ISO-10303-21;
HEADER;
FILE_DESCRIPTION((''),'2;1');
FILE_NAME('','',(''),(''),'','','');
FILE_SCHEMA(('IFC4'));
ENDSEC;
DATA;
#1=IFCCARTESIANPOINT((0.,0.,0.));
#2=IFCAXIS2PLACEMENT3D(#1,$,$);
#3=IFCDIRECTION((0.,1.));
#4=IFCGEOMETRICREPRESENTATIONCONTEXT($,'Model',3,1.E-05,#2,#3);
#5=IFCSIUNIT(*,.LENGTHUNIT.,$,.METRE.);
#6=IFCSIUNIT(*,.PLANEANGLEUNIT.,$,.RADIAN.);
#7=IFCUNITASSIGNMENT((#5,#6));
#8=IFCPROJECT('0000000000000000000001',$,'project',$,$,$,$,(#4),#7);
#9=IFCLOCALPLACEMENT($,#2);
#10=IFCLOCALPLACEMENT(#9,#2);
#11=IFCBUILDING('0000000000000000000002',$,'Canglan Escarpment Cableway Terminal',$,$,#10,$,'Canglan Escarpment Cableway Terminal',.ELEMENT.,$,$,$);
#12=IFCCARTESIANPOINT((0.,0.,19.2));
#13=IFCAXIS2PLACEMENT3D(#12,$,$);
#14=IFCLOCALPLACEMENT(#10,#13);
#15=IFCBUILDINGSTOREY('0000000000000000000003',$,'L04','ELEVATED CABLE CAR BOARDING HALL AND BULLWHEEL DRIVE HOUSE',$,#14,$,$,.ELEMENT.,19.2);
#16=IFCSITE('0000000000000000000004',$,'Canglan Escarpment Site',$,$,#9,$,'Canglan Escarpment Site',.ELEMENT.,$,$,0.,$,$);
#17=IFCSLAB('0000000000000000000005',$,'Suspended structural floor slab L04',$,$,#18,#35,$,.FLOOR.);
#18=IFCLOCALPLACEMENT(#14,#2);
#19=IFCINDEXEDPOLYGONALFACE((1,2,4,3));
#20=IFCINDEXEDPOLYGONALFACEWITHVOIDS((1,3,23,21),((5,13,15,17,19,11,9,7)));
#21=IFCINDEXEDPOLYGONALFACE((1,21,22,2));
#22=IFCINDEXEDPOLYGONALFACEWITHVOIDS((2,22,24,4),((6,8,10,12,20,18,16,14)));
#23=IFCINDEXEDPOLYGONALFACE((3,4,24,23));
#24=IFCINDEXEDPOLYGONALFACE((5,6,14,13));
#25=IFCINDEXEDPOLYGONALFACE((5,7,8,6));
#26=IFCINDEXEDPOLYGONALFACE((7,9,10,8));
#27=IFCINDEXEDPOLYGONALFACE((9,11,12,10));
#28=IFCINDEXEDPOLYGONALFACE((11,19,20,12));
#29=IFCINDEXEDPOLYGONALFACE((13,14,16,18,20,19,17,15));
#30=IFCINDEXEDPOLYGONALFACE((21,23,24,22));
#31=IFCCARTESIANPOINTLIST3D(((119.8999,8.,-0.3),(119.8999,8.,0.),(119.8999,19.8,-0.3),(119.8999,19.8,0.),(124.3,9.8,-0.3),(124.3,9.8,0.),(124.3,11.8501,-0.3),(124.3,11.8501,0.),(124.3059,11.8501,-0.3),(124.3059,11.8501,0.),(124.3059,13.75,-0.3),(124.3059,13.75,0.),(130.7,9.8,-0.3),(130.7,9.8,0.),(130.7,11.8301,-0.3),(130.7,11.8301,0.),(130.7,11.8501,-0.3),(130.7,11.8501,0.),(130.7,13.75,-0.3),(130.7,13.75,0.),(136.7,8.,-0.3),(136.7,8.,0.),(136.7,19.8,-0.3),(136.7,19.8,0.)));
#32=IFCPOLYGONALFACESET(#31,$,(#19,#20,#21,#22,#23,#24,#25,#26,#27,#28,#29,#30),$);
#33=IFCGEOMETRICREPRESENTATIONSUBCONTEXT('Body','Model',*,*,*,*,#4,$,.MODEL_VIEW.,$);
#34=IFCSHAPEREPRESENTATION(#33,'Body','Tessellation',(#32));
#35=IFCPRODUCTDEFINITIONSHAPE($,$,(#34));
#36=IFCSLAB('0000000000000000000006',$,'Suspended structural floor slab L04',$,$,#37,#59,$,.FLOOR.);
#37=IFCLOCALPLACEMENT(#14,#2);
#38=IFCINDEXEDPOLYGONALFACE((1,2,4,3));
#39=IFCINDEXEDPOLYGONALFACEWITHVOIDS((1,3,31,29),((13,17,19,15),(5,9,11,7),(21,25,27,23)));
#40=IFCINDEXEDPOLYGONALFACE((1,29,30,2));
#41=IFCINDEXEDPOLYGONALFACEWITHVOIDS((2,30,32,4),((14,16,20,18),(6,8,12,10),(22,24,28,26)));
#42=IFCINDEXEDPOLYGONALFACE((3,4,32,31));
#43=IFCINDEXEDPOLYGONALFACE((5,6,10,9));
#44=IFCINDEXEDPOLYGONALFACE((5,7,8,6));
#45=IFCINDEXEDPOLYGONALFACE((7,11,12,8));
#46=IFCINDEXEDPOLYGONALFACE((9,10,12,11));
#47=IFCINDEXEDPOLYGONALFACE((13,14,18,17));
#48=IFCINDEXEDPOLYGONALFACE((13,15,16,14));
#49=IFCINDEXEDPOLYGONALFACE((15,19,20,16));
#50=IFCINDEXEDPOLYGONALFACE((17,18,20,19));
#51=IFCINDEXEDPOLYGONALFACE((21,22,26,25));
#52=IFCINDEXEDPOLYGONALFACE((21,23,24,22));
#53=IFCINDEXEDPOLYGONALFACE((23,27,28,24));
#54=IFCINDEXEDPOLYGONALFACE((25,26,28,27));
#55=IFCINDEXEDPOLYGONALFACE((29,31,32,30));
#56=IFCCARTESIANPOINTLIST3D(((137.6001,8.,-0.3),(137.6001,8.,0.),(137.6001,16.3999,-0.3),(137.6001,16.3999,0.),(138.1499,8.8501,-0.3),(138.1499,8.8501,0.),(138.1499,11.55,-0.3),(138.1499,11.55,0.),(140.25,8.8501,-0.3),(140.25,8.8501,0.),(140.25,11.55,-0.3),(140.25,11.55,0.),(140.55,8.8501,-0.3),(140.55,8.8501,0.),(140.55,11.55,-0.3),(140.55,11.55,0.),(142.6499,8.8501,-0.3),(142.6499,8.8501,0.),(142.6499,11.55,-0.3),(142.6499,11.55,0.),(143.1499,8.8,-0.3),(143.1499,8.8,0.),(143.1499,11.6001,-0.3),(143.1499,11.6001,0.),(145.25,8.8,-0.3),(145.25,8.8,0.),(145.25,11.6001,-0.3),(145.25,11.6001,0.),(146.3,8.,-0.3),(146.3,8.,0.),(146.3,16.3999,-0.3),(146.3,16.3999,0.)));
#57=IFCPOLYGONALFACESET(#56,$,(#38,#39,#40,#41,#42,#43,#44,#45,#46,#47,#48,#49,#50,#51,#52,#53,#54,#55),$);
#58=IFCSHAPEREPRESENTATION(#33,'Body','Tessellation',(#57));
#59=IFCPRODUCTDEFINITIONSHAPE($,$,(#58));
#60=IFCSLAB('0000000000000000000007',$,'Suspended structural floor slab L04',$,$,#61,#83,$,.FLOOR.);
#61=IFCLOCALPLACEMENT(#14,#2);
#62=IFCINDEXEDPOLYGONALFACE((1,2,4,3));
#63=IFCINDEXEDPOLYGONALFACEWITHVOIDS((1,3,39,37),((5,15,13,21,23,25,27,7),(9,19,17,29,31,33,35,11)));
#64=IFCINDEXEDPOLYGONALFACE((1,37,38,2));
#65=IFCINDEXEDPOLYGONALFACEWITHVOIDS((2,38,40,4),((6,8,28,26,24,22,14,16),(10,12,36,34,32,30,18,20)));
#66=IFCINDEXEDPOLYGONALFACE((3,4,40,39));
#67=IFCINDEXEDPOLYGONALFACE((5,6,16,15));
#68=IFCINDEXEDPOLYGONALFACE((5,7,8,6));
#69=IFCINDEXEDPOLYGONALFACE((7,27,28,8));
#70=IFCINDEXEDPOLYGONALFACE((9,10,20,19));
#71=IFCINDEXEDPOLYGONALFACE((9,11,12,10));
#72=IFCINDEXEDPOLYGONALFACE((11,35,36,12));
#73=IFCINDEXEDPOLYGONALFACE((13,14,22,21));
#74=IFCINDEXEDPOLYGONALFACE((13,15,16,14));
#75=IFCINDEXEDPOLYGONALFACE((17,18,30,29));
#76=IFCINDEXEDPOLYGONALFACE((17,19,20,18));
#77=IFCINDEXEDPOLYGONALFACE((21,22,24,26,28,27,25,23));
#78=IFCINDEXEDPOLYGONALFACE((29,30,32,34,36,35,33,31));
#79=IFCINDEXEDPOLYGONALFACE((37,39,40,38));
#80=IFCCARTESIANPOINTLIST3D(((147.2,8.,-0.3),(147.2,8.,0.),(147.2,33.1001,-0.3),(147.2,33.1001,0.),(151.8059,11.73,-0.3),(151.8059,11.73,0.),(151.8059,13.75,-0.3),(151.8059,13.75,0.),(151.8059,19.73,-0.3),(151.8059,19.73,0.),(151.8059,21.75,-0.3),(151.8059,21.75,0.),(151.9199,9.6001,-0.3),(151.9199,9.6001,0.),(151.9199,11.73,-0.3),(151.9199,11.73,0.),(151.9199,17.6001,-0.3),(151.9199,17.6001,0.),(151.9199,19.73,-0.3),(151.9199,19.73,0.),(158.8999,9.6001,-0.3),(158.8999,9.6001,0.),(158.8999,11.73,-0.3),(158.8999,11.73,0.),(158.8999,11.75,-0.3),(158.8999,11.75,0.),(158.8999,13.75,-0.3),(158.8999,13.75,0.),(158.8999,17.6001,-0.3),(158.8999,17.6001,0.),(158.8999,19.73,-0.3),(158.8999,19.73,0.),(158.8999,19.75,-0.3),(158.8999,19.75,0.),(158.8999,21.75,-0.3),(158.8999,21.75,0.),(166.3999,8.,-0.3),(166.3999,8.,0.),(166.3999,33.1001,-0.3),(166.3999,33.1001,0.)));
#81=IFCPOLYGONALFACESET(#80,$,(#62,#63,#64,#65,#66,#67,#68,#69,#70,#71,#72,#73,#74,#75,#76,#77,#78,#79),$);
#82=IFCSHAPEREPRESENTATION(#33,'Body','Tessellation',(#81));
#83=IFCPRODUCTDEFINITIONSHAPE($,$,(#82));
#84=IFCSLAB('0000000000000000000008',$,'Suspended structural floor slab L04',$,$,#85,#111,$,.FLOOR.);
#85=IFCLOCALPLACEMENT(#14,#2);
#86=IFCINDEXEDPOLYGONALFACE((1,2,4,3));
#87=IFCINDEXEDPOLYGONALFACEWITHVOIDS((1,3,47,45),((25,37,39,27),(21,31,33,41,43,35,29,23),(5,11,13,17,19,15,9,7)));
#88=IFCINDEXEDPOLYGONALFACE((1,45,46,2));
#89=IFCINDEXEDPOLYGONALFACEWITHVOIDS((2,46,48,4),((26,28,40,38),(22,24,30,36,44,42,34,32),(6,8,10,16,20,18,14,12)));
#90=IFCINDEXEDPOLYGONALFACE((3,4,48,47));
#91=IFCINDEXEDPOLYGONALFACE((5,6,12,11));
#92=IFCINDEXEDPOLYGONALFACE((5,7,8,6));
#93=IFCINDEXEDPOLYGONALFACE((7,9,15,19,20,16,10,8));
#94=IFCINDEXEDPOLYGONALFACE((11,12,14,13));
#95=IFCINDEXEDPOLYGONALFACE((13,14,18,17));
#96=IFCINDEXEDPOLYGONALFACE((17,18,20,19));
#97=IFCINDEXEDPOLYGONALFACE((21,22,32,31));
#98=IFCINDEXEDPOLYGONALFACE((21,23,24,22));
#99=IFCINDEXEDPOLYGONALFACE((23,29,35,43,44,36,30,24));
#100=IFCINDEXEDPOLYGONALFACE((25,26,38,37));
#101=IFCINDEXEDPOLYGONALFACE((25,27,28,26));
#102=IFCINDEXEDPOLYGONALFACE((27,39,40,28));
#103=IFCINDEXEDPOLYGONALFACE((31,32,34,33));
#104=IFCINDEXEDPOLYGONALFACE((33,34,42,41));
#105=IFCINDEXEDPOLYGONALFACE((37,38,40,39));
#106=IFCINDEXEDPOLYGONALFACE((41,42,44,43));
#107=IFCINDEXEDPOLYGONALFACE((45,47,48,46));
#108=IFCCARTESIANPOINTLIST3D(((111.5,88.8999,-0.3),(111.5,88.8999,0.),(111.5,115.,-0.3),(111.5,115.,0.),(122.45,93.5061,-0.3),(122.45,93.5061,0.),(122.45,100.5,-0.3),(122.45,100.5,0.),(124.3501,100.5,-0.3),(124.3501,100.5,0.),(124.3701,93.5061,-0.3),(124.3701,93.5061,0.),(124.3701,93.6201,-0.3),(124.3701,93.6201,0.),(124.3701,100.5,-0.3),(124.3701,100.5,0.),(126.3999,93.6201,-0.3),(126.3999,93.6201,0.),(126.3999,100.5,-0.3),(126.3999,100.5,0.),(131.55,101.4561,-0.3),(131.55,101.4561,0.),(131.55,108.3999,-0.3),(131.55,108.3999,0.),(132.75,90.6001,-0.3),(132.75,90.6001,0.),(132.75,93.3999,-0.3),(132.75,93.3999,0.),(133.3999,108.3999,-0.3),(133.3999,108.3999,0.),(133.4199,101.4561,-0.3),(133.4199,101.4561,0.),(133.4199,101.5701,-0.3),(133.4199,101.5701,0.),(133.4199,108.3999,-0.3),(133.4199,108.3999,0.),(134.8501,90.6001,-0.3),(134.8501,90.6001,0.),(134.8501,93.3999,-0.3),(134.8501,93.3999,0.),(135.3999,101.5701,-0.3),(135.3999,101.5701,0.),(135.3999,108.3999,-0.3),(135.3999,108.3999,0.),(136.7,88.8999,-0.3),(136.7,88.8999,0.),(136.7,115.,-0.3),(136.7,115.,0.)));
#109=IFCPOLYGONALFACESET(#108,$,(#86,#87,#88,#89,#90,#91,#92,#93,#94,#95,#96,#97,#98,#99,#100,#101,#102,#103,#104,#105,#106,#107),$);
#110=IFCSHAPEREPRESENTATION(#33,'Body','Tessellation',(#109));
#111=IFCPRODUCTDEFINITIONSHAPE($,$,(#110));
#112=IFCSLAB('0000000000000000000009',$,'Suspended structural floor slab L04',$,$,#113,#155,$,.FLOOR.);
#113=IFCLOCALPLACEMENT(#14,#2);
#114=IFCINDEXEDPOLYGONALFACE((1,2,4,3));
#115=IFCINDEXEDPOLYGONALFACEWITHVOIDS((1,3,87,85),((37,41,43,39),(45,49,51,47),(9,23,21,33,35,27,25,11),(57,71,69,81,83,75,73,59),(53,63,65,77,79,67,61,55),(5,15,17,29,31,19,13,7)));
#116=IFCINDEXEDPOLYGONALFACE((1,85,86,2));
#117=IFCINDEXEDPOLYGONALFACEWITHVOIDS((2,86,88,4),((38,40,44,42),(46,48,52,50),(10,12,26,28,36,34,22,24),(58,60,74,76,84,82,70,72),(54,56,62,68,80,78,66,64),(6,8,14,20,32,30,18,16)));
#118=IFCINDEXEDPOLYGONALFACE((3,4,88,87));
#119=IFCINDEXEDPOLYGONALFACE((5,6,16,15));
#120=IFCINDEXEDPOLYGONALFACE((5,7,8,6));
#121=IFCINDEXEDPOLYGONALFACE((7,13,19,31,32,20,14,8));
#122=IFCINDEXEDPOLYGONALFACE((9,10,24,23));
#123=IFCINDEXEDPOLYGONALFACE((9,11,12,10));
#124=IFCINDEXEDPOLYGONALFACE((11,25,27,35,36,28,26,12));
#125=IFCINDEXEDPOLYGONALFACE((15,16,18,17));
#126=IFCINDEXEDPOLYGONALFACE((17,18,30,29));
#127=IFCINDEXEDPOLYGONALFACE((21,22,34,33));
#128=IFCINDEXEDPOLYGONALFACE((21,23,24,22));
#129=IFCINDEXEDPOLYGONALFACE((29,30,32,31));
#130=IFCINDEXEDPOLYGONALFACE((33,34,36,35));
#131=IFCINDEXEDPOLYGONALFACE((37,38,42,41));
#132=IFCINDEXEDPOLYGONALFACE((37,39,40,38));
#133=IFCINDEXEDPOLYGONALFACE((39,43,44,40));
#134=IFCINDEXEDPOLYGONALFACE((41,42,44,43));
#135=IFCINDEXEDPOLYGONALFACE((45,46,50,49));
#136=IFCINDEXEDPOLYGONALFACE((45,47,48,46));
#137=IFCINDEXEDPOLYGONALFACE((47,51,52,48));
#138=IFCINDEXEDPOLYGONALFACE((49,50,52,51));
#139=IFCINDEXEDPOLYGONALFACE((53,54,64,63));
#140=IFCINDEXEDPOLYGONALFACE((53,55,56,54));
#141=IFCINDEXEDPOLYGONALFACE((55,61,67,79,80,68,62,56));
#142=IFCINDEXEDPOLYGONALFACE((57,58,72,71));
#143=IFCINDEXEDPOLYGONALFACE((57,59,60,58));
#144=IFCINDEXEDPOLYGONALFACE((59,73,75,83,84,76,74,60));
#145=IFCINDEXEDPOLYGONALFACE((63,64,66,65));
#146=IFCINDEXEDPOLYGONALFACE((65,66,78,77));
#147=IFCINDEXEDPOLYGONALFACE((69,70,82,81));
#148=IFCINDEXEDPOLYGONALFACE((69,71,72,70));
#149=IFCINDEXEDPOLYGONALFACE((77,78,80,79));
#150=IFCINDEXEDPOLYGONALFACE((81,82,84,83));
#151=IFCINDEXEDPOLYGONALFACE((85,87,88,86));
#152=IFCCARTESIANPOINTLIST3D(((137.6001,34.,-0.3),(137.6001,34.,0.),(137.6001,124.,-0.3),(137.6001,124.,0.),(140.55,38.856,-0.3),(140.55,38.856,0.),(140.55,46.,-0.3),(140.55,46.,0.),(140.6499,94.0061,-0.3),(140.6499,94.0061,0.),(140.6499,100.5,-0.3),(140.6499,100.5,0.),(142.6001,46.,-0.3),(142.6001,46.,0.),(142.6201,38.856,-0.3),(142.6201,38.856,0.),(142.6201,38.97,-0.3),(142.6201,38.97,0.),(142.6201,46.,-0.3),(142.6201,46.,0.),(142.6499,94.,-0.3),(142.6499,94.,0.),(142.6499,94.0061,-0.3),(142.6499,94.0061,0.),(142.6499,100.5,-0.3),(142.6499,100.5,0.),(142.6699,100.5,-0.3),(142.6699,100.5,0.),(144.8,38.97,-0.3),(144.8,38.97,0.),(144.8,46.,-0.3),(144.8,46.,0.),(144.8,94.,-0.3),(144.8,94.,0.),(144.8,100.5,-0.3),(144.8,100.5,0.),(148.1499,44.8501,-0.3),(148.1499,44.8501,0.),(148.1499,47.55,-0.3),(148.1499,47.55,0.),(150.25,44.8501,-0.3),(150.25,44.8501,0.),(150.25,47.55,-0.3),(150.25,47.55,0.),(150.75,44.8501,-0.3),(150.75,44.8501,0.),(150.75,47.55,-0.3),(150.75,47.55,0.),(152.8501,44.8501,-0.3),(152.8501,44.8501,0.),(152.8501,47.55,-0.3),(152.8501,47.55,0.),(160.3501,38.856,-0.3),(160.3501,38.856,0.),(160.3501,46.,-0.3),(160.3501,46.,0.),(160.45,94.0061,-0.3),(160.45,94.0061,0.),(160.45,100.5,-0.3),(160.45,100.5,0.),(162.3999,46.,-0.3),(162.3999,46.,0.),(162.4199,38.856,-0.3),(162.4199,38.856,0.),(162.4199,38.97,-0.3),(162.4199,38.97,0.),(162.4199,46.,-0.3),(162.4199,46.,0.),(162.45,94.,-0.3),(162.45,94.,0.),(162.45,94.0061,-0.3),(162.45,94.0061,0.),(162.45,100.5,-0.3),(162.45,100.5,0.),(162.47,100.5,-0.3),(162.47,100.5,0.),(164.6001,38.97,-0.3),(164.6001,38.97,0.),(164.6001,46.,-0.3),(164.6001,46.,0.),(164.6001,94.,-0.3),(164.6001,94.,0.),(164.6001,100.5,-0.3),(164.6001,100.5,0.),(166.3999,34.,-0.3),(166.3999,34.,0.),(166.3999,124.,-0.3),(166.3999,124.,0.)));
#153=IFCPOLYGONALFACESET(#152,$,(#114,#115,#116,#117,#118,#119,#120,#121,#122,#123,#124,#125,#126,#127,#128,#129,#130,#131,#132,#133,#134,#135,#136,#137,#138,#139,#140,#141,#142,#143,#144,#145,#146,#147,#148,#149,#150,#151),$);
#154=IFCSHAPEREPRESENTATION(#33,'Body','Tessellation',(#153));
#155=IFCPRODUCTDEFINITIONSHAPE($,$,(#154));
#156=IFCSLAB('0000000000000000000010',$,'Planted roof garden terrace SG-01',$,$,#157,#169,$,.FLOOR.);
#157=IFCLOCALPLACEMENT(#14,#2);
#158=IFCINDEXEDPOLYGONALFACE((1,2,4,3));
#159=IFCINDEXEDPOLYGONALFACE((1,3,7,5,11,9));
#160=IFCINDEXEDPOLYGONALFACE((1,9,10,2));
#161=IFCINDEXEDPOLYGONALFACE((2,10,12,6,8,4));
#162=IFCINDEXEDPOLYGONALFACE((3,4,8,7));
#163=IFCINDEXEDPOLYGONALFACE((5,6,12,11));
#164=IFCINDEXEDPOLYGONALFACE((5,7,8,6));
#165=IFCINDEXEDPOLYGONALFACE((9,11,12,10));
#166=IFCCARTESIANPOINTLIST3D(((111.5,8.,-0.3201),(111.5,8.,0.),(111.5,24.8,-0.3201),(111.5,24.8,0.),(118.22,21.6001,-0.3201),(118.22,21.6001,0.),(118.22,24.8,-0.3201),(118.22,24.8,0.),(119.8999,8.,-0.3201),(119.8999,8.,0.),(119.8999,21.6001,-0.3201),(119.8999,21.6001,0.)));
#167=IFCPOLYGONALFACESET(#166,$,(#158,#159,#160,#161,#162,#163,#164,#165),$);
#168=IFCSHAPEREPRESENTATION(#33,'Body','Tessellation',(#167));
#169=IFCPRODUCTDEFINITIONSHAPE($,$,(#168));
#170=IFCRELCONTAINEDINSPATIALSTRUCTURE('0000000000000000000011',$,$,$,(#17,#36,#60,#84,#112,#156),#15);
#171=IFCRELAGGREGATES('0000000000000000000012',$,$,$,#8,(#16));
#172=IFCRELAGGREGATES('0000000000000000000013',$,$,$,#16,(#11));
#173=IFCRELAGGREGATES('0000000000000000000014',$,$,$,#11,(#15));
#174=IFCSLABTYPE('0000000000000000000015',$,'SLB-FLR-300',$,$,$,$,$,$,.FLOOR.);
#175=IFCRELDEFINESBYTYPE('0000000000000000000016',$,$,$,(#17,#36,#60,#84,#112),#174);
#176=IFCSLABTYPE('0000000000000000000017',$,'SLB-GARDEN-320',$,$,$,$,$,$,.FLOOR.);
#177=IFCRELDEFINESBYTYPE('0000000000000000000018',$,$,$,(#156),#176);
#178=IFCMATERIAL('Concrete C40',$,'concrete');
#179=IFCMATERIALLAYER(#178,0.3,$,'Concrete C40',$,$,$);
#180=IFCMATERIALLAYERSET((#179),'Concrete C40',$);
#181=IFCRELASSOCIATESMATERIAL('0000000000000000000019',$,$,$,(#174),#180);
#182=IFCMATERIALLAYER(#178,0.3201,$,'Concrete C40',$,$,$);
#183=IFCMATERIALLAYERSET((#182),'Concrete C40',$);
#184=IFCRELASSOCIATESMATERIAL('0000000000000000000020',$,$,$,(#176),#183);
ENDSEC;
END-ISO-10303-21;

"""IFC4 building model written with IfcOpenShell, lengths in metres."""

from ifc_helpers import new_model, si_unit, direction, frame, origin, place, context, subcontext, project, spatial, polyline, outline, extrude, material, layer, layer_set, type_object, element, save


model = new_model("IFC4")

# Units and contexts
model_context = context("Model", 3, precision=1e-05, world=origin(), true_north=direction((0.0, 1.0)))
body_context = subcontext(model_context, "Body", "Model", "MODEL_VIEW")
ifc_project = project(units=[si_unit("LENGTHUNIT", "METRE"), si_unit("PLANEANGLEUNIT", "RADIAN")], contexts=[model_context])

# Site, building, storey
site_placement = place(None, origin())
site = spatial("IfcSite", under=ifc_project, at=site_placement, Name="Canglan Escarpment Site", LongName="Canglan Escarpment Site", CompositionType="ELEMENT", RefElevation=0.0)
building_placement = place(site_placement, origin())
building = spatial("IfcBuilding", under=site, at=building_placement, Name="Canglan Escarpment Cableway Terminal", LongName="Canglan Escarpment Cableway Terminal", CompositionType="ELEMENT")
storey_placement = place(building_placement, frame((0.0, 0.0, 19.2)))
storey = spatial("IfcBuildingStorey", under=building, at=storey_placement, Name="L04", Description="ELEVATED CABLE CAR BOARDING HALL AND BULLWHEEL DRIVE HOUSE", CompositionType="ELEMENT", Elevation=19.2)

# Slabs
ifc_material_1 = material(Name="Concrete C40", Category="concrete")
ifc_layer_1 = layer(ifc_material_1, 0.3, Name="Concrete C40")
ifc_layer_set_1 = layer_set([ifc_layer_1], Name="Concrete C40")
slab_type_1 = type_object("IfcSlabType", Name="SLB-FLR-300", PredefinedType="FLOOR", material=ifc_layer_set_1)
slab_1_placement = place(storey_placement, frame((0.0, 0.0, -0.3)))
element("IfcSlab", 1, at=slab_1_placement, inside=storey, type_object=slab_type_1, Name="Suspended structural floor slab L04", PredefinedType="FLOOR", context=body_context, shape_type="SweptSolid", body=[
    extrude(outline(polyline([(119.8999, 8.0), (136.7, 8.0), (136.7, 19.8), (119.8999, 19.8), (119.8999, 8.0)]), holes=[polyline([(130.7, 9.8), (124.3, 9.8), (124.3, 11.8501), (124.3059, 11.8501), (124.3059, 13.75), (130.7, 13.75), (130.7, 11.8501), (130.7, 11.8301), (130.7, 9.8)])]), origin(), (0.0, 0.0, 1.0), 0.3),
])
slab_2_placement = place(storey_placement, frame((0.0, 0.0, -0.3)))
element("IfcSlab", 2, at=slab_2_placement, inside=storey, type_object=slab_type_1, Name="Suspended structural floor slab L04", PredefinedType="FLOOR", context=body_context, shape_type="SweptSolid", body=[
    extrude(outline(polyline([(137.6001, 8.0), (146.3, 8.0), (146.3, 16.3999), (137.6001, 16.3999), (137.6001, 8.0)]), holes=[polyline([(138.1499, 8.8501), (138.1499, 11.55), (140.25, 11.55), (140.25, 8.8501), (138.1499, 8.8501)]), polyline([(140.55, 11.55), (142.6499, 11.55), (142.6499, 8.8501), (140.55, 8.8501), (140.55, 11.55)]), polyline([(143.1499, 11.6001), (145.25, 11.6001), (145.25, 8.8), (143.1499, 8.8), (143.1499, 11.6001)])]), origin(), (0.0, 0.0, 1.0), 0.3),
])
slab_3_placement = place(storey_placement, frame((0.0, 0.0, -0.3)))
element("IfcSlab", 3, at=slab_3_placement, inside=storey, type_object=slab_type_1, Name="Suspended structural floor slab L04", PredefinedType="FLOOR", context=body_context, shape_type="SweptSolid", body=[
    extrude(outline(polyline([(147.2, 8.0), (166.3999, 8.0), (166.3999, 33.1001), (147.2, 33.1001), (147.2, 8.0)]), holes=[polyline([(151.9199, 9.6001), (151.9199, 11.73), (151.8059, 11.73), (151.8059, 13.75), (158.8999, 13.75), (158.8999, 11.75), (158.8999, 11.73), (158.8999, 9.6001), (151.9199, 9.6001)]), polyline([(151.9199, 17.6001), (151.9199, 19.73), (151.8059, 19.73), (151.8059, 21.75), (158.8999, 21.75), (158.8999, 19.75), (158.8999, 19.73), (158.8999, 17.6001), (151.9199, 17.6001)])]), origin(), (0.0, 0.0, 1.0), 0.3),
])
slab_4_placement = place(storey_placement, frame((0.0, 0.0, -0.3)))
element("IfcSlab", 4, at=slab_4_placement, inside=storey, type_object=slab_type_1, Name="Suspended structural floor slab L04", PredefinedType="FLOOR", context=body_context, shape_type="SweptSolid", body=[
    extrude(outline(polyline([(111.5, 88.8999), (136.7, 88.8999), (136.7, 115.0), (111.5, 115.0), (111.5, 88.8999)]), holes=[polyline([(132.75, 90.6001), (132.75, 93.3999), (134.8501, 93.3999), (134.8501, 90.6001), (132.75, 90.6001)]), polyline([(122.45, 100.5), (124.3501, 100.5), (124.3701, 100.5), (126.3999, 100.5), (126.3999, 93.6201), (124.3701, 93.6201), (124.3701, 93.5061), (122.45, 93.5061), (122.45, 100.5)]), polyline([(131.55, 108.3999), (133.3999, 108.3999), (133.4199, 108.3999), (135.3999, 108.3999), (135.3999, 101.5701), (133.4199, 101.5701), (133.4199, 101.4561), (131.55, 101.4561), (131.55, 108.3999)])]), origin(), (0.0, 0.0, 1.0), 0.3),
])
slab_5_placement = place(storey_placement, frame((0.0, 0.0, -0.3)))
element("IfcSlab", 5, at=slab_5_placement, inside=storey, type_object=slab_type_1, Name="Suspended structural floor slab L04", PredefinedType="FLOOR", context=body_context, shape_type="SweptSolid", body=[
    extrude(outline(polyline([(137.6001, 34.0), (166.3999, 34.0), (166.3999, 124.0), (137.6001, 124.0), (137.6001, 34.0)]), holes=[polyline([(140.55, 46.0), (142.6001, 46.0), (142.6201, 46.0), (144.8, 46.0), (144.8, 38.97), (142.6201, 38.97), (142.6201, 38.856), (140.55, 38.856), (140.55, 46.0)]), polyline([(162.3999, 46.0), (162.4199, 46.0), (164.6001, 46.0), (164.6001, 38.97), (162.4199, 38.97), (162.4199, 38.856), (160.3501, 38.856), (160.3501, 46.0), (162.3999, 46.0)]), polyline([(150.25, 47.55), (150.25, 44.8501), (148.1499, 44.8501), (148.1499, 47.55), (150.25, 47.55)]), polyline([(150.75, 47.55), (152.8501, 47.55), (152.8501, 44.8501), (150.75, 44.8501), (150.75, 47.55)]), polyline([(142.6499, 94.0061), (140.6499, 94.0061), (140.6499, 100.5), (142.6499, 100.5), (142.6699, 100.5), (144.8, 100.5), (144.8, 94.0), (142.6499, 94.0), (142.6499, 94.0061)]), polyline([(162.45, 94.0061), (160.45, 94.0061), (160.45, 100.5), (162.45, 100.5), (162.47, 100.5), (164.6001, 100.5), (164.6001, 94.0), (162.45, 94.0), (162.45, 94.0061)])]), origin(), (0.0, 0.0, 1.0), 0.3),
])
ifc_layer_2 = layer(ifc_material_1, 0.3201, Name="Concrete C40")
ifc_layer_set_2 = layer_set([ifc_layer_2], Name="Concrete C40")
slab_type_2 = type_object("IfcSlabType", Name="SLB-GARDEN-320", PredefinedType="FLOOR", material=ifc_layer_set_2)
slab_6_placement = place(storey_placement, frame((0.0, 0.0, -0.3201)))
element("IfcSlab", 6, at=slab_6_placement, inside=storey, type_object=slab_type_2, Name="Planted roof garden terrace SG-01", PredefinedType="FLOOR", context=body_context, shape_type="SweptSolid", body=[
    extrude(outline(polyline([(111.5, 8.0), (119.8999, 8.0), (119.8999, 21.6001), (118.22, 21.6001), (118.22, 24.8), (111.5, 24.8), (111.5, 8.0)])), origin(), (0.0, 0.0, 1.0), 0.3201),
])

save(model, "model.ifc")
